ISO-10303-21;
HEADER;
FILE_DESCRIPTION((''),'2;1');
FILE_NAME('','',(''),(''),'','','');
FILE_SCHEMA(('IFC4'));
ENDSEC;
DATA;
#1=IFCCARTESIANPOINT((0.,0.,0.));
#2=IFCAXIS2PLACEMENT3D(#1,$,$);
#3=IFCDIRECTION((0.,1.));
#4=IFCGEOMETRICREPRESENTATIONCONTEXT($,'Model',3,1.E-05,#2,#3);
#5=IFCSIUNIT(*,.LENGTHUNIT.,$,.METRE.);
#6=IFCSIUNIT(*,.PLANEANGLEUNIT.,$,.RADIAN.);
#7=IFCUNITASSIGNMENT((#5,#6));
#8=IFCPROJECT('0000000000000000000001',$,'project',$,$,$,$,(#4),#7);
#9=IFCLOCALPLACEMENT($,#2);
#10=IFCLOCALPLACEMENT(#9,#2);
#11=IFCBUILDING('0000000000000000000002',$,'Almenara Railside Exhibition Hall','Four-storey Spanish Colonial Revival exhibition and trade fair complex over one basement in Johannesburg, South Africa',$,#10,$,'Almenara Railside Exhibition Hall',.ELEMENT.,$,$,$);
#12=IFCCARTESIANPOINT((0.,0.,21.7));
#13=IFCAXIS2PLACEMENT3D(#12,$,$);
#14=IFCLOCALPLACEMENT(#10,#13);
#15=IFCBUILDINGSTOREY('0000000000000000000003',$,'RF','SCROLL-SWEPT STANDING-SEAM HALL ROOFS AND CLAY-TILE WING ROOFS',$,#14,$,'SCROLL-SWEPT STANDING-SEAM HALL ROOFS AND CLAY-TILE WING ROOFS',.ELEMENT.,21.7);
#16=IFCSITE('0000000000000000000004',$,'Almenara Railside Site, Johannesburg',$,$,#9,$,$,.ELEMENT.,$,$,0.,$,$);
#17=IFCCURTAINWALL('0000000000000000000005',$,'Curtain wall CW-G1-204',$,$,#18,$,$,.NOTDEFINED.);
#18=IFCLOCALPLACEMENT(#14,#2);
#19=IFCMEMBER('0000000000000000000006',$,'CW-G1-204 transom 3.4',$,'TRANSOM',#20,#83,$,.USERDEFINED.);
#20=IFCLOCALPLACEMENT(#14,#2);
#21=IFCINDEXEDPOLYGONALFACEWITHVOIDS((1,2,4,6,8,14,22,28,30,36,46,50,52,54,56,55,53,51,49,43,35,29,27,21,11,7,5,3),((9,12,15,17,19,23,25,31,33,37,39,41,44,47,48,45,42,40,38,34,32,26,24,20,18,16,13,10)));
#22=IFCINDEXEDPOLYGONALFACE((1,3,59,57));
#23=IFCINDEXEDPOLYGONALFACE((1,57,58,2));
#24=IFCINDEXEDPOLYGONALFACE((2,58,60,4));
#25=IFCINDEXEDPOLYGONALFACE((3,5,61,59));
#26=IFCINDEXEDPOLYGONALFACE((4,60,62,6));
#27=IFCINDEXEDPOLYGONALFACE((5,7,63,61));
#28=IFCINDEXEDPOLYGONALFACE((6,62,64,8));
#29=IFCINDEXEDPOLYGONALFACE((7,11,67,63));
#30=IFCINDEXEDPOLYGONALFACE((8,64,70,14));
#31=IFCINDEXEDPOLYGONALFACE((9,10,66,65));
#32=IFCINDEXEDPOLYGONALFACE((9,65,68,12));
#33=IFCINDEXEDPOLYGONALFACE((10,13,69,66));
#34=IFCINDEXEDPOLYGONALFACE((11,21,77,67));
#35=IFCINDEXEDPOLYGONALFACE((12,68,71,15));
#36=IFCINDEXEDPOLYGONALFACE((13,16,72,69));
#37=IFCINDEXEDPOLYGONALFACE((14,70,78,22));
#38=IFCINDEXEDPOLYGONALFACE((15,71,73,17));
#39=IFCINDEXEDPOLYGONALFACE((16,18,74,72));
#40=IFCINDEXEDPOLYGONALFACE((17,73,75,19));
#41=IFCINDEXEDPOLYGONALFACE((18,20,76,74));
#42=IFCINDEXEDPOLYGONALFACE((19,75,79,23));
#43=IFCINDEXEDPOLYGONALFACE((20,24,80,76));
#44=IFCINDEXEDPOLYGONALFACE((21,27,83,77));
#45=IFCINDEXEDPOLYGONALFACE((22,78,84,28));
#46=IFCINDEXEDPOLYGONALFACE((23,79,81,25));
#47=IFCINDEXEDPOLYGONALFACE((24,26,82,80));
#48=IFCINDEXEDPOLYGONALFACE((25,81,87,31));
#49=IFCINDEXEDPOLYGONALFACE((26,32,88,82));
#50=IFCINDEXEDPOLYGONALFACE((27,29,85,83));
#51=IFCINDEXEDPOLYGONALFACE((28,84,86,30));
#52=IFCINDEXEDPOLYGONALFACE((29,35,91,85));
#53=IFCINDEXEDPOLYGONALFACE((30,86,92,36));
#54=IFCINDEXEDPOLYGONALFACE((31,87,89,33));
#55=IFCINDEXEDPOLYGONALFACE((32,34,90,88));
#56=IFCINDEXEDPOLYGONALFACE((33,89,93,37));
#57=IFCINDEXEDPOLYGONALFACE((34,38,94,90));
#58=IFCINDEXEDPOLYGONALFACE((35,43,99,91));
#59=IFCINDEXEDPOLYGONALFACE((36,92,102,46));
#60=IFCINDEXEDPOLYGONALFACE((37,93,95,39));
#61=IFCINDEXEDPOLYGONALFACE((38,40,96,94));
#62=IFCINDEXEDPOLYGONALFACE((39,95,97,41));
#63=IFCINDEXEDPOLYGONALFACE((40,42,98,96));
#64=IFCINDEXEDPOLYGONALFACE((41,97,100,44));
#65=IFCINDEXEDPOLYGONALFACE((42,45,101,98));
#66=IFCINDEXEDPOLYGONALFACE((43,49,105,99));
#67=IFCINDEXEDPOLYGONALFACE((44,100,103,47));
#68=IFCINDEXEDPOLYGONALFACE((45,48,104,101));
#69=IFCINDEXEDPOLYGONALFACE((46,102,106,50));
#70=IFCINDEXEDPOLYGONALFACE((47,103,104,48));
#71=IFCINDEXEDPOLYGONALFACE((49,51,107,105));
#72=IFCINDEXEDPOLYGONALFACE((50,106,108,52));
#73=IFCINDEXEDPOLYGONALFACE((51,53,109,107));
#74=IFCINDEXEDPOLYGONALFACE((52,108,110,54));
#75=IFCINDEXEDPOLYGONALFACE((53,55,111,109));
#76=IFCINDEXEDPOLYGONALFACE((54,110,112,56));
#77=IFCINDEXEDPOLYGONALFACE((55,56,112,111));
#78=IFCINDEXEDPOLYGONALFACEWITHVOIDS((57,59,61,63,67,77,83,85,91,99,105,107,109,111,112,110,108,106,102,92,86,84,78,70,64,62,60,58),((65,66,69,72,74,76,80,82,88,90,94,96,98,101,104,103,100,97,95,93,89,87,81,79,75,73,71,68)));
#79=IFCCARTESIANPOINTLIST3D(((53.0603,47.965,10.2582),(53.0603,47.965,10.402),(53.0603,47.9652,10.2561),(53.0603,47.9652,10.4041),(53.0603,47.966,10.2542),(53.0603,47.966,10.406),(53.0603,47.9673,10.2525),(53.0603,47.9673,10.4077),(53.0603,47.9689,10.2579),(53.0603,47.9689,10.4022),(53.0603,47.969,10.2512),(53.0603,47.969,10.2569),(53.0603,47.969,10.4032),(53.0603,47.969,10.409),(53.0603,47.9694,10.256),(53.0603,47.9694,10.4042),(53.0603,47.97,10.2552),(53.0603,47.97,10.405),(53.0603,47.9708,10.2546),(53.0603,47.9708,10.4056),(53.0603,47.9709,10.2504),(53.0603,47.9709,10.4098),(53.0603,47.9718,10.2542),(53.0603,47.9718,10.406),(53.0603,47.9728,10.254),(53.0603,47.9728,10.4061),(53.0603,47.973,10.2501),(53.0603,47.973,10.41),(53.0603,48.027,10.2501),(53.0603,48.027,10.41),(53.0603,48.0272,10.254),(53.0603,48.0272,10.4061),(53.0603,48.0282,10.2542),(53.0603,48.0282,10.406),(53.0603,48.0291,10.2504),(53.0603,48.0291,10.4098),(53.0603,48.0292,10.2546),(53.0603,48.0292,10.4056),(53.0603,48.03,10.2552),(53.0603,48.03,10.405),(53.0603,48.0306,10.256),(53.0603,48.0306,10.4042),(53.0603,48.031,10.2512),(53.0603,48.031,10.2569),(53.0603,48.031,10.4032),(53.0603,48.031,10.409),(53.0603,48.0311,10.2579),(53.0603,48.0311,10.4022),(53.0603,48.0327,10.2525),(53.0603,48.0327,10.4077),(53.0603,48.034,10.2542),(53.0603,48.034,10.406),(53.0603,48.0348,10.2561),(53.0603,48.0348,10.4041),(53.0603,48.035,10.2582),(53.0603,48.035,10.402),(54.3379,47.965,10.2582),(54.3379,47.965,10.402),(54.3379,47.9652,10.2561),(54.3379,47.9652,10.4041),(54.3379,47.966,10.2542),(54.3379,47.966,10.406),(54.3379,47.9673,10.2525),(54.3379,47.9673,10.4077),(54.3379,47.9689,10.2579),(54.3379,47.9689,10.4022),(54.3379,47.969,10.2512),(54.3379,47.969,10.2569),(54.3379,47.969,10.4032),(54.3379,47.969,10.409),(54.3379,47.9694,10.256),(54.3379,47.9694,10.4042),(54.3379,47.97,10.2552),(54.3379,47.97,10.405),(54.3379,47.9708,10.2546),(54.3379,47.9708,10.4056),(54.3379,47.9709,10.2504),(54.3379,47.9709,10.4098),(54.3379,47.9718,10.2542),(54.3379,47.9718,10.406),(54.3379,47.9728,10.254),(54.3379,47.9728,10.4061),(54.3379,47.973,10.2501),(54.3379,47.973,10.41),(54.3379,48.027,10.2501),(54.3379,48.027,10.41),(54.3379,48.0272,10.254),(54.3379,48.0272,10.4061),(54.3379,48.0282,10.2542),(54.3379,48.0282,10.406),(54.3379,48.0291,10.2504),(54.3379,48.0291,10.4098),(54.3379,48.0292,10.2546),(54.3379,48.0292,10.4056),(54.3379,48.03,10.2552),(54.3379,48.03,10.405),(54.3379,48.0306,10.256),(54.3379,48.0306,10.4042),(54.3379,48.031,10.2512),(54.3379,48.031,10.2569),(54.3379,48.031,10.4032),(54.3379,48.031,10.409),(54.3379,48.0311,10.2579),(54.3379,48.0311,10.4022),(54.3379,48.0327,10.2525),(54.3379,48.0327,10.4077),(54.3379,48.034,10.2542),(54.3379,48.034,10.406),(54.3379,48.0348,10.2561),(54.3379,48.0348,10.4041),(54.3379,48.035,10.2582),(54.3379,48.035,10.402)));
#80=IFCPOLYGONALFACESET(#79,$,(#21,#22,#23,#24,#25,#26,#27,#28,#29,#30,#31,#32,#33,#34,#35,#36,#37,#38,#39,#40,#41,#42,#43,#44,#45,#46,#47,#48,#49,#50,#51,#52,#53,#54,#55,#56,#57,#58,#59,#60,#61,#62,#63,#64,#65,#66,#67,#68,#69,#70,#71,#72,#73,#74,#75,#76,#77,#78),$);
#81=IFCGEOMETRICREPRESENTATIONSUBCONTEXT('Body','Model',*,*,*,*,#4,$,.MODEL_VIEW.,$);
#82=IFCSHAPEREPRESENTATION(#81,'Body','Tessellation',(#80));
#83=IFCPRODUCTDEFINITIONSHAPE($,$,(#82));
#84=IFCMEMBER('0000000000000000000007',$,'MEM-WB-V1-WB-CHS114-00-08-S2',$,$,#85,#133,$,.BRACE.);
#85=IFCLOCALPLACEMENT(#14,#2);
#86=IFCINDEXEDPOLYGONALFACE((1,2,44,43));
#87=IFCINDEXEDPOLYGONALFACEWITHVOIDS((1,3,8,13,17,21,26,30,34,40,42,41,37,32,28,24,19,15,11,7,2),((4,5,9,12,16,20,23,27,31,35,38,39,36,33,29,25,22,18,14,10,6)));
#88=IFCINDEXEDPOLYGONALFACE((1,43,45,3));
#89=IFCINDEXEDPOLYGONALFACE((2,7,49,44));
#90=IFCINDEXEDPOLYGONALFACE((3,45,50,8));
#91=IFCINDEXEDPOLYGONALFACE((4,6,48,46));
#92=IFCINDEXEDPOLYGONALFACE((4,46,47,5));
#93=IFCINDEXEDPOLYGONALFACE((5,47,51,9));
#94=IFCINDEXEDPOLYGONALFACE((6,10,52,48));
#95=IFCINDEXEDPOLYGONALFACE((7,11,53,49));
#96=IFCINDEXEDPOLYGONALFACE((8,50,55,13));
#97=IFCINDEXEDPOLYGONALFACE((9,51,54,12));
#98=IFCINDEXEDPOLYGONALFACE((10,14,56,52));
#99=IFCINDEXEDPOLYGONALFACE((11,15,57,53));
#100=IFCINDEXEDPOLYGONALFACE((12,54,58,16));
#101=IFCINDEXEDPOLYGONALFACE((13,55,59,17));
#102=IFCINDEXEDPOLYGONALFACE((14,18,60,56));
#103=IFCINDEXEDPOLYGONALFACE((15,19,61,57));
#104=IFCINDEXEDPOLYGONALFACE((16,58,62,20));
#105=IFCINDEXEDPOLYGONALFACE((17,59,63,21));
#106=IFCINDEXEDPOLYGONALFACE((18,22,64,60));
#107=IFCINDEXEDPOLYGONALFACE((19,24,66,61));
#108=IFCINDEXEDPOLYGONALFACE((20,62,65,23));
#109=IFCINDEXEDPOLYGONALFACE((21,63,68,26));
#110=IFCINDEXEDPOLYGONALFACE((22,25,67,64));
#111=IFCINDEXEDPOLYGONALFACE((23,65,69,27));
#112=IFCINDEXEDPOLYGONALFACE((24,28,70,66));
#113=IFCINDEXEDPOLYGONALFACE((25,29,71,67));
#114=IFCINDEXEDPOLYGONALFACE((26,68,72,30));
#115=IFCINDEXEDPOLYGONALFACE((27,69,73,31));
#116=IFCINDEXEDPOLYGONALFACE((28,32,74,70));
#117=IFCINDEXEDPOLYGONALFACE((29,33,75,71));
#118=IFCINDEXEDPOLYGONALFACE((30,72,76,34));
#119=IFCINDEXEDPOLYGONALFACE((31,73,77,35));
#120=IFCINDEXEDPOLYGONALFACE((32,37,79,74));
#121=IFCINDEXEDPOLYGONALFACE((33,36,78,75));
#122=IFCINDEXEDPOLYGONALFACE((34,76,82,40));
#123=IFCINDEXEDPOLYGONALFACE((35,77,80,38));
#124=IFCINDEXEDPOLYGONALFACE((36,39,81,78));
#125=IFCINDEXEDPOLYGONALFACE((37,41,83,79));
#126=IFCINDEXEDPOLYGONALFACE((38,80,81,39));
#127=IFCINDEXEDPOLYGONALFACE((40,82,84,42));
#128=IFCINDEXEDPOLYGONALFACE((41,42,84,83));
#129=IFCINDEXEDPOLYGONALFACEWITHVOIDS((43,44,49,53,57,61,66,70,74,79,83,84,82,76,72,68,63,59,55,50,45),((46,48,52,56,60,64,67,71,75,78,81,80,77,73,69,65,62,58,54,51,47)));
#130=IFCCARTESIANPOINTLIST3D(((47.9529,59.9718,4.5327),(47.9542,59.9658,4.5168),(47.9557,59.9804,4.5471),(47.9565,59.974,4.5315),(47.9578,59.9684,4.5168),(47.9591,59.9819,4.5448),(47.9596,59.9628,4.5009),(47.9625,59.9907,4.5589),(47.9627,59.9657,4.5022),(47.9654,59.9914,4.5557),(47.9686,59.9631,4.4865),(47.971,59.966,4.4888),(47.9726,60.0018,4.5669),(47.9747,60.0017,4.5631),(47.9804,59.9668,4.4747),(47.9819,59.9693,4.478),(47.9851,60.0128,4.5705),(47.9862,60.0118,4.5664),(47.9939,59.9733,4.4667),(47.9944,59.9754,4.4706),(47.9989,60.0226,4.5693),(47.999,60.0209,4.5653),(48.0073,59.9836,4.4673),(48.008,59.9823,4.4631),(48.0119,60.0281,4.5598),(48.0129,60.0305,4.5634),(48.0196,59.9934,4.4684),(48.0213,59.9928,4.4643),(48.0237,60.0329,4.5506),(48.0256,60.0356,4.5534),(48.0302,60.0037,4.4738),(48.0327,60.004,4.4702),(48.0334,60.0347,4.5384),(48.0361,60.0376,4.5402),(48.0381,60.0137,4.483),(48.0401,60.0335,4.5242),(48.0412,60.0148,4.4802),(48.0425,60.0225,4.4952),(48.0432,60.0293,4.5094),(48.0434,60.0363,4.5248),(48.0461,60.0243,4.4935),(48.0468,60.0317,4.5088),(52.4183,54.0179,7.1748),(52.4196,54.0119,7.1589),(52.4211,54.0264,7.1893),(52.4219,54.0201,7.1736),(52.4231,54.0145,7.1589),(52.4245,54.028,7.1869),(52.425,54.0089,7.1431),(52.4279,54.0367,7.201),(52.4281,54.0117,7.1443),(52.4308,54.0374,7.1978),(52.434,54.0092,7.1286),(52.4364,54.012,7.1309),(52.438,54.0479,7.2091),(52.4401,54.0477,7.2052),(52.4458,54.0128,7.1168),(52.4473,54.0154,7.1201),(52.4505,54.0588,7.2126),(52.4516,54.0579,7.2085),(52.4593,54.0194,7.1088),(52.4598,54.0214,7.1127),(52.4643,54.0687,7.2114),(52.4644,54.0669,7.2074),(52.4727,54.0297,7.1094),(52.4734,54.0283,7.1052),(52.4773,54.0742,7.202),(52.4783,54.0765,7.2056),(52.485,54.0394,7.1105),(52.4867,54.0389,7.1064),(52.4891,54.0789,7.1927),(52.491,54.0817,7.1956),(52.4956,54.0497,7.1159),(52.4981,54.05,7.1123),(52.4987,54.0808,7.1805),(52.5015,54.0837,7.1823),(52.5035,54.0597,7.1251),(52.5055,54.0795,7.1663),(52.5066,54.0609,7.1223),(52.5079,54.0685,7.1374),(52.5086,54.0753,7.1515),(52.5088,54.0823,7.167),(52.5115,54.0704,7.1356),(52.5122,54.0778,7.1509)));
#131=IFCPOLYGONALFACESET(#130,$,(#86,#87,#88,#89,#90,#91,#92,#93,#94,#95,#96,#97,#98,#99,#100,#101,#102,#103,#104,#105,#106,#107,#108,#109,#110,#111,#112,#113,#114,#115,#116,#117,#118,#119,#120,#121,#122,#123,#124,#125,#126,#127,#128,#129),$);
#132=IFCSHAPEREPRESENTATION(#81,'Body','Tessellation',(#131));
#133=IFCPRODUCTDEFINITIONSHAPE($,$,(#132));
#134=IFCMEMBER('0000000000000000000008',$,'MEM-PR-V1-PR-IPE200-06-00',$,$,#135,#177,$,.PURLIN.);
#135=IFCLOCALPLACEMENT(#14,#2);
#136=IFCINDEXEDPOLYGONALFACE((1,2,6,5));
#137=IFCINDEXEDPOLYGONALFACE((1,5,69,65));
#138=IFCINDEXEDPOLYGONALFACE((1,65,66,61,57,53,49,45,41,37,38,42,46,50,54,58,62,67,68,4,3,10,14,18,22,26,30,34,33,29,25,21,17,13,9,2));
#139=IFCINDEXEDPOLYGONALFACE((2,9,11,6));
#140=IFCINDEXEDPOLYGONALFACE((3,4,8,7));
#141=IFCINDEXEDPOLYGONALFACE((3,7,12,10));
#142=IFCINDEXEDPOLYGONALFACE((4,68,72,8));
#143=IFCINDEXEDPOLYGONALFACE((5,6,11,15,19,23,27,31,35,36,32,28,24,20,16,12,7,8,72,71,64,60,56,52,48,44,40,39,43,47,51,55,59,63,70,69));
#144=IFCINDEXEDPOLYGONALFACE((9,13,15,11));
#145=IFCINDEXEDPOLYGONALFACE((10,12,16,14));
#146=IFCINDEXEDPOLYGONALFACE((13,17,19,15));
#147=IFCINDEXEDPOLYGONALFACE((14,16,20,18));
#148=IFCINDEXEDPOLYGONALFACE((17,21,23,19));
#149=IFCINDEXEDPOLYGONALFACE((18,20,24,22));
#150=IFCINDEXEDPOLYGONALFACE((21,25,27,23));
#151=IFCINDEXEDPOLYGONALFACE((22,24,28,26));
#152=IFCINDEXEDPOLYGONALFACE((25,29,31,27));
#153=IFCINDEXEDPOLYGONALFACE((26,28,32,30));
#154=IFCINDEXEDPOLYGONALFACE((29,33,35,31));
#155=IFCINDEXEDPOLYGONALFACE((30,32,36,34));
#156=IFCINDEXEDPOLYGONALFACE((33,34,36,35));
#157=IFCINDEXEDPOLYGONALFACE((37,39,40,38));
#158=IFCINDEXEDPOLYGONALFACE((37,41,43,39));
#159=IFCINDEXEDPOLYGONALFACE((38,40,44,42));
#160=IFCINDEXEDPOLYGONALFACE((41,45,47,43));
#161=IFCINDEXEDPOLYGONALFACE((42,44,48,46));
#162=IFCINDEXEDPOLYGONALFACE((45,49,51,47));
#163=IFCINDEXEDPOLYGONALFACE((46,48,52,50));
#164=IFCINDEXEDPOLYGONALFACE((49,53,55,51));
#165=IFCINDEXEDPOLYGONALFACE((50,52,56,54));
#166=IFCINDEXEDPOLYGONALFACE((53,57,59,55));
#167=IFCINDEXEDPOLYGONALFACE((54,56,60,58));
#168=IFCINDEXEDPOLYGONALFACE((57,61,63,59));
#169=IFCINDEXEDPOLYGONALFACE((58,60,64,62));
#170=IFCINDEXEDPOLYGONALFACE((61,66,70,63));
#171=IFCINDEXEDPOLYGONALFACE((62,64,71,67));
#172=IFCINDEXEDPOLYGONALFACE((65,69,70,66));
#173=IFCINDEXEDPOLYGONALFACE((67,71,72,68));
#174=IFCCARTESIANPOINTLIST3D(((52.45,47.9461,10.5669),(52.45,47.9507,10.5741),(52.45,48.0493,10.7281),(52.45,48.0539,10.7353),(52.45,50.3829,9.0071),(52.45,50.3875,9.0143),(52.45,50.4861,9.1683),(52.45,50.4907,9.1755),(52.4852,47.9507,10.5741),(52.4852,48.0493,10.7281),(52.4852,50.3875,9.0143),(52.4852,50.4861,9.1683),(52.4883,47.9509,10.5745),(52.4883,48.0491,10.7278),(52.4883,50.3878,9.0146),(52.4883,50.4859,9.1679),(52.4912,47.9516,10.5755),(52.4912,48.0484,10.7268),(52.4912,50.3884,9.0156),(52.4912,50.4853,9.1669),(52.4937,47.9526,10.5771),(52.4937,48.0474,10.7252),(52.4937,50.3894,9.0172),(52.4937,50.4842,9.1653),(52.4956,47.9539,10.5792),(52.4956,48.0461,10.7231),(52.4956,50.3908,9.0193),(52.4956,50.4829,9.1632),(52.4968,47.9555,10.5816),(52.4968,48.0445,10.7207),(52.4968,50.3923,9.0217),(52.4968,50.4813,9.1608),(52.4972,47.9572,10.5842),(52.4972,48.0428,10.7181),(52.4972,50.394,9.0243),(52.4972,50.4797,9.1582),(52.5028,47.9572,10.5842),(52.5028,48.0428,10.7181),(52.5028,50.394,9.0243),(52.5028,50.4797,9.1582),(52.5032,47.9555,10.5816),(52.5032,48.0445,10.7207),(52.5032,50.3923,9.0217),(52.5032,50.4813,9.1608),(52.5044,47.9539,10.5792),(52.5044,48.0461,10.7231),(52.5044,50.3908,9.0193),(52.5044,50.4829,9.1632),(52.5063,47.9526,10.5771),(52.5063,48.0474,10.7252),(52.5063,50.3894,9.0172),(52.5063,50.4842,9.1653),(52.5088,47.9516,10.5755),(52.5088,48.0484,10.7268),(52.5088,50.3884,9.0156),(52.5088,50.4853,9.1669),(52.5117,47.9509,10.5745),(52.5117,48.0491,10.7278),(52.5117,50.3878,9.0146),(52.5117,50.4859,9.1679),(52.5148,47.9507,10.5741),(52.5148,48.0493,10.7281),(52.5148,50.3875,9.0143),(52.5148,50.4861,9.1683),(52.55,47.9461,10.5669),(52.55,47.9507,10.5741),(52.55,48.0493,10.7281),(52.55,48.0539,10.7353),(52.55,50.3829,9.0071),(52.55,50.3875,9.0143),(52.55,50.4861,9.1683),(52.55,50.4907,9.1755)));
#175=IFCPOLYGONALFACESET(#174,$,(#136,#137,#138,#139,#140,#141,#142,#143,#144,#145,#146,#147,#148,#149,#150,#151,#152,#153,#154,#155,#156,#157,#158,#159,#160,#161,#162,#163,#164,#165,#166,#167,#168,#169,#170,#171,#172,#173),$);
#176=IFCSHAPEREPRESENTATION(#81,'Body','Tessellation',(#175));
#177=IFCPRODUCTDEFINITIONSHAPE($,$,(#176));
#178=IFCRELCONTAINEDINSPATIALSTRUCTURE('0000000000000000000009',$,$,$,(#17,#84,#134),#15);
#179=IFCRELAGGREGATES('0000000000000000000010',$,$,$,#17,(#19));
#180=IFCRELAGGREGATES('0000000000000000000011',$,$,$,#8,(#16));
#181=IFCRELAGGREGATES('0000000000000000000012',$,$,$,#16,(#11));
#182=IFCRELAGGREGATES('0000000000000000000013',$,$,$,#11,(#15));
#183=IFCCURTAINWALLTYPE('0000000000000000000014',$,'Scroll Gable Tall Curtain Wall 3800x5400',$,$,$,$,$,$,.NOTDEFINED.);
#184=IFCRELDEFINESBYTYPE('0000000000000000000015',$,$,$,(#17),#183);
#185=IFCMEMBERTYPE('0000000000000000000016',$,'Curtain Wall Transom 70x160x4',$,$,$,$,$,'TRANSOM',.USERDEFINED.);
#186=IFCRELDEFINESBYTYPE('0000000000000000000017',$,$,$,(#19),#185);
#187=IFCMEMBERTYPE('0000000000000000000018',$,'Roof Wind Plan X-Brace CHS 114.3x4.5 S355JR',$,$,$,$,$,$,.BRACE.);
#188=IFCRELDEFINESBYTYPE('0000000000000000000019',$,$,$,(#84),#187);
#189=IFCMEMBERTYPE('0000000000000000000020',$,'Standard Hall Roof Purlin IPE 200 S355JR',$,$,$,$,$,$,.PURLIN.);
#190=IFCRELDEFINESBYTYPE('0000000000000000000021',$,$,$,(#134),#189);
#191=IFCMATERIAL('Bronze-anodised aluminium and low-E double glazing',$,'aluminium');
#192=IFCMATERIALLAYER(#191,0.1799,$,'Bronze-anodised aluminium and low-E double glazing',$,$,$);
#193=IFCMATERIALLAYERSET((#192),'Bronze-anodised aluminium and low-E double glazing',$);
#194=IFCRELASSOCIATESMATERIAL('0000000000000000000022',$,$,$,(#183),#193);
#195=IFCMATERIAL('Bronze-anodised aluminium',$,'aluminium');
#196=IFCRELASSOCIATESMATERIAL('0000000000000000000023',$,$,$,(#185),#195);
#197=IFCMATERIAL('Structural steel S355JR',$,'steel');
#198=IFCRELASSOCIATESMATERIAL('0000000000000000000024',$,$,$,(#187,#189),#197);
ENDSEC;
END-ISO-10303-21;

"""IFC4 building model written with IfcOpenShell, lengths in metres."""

from ifc_helpers import new_model, si_unit, direction, frame, origin, origin_2d, place, context, subcontext, project, spatial, hollow_rectangle, hollow_circle, i_section, extrude, material, layer, layer_set, material_profile, profile_set, type_object, element, aggregate, save


model = new_model("IFC4")

# Units and contexts
model_context = context("Model", 3, precision=1e-05, world=origin(), true_north=direction((0.0, 1.0)))
body_context = subcontext(model_context, "Body", "Model", "MODEL_VIEW")
ifc_project = project(units=[si_unit("LENGTHUNIT", "METRE"), si_unit("PLANEANGLEUNIT", "RADIAN")], contexts=[model_context])

# Site, building, storey
site_placement = place(None, origin())
site = spatial("IfcSite", under=ifc_project, at=site_placement, Name="Almenara Railside Site, Johannesburg", CompositionType="ELEMENT", RefElevation=0.0)
building_placement = place(site_placement, origin())
building = spatial("IfcBuilding", under=site, at=building_placement, Name="Almenara Railside Exhibition Hall", Description="Four-storey Spanish Colonial Revival exhibition and trade fair complex over one basement in Johannesburg, South Africa", LongName="Almenara Railside Exhibition Hall", CompositionType="ELEMENT")
storey_placement = place(building_placement, frame((0.0, 0.0, 21.7)))
storey = spatial("IfcBuildingStorey", under=building, at=storey_placement, Name="RF", Description="SCROLL-SWEPT STANDING-SEAM HALL ROOFS AND CLAY-TILE WING ROOFS", LongName="SCROLL-SWEPT STANDING-SEAM HALL ROOFS AND CLAY-TILE WING ROOFS", CompositionType="ELEMENT", Elevation=21.7)

# Shared definitions
ifc_material_1 = material(Name="Structural steel S355JR", Category="steel")

# Shared definitions
ifc_material_2 = material(Name="Bronze-anodised aluminium and low-E double glazing", Category="aluminium")
ifc_layer_1 = layer(ifc_material_2, 0.1799, Name="Bronze-anodised aluminium and low-E double glazing")
ifc_layer_set_1 = layer_set([ifc_layer_1], Name="Bronze-anodised aluminium and low-E double glazing")
curtain_wall_type = type_object("IfcCurtainWallType", Name="Scroll Gable Tall Curtain Wall 3800x5400", PredefinedType="NOTDEFINED", material=ifc_layer_set_1)
ifc_material_3 = material(Name="Bronze-anodised aluminium", Category="aluminium")

# Curtain wall, member
curtain_wall_1_placement = place(storey_placement, origin())
curtain_wall_1 = element("IfcCurtainWall", 1, at=curtain_wall_1_placement, inside=storey, type_object=curtain_wall_type, Name="Curtain wall CW-G1-204", PredefinedType="NOTDEFINED")
ifc_material_profile_1 = material_profile(ifc_material_3, hollow_rectangle(XDim=0.0701, YDim=0.1599, WallThickness=0.0039, InnerFilletRadius=0.0039, OuterFilletRadius=0.0081, at=origin_2d()), Name="ALU-TRN 70x160x4")
ifc_profile_set_1 = profile_set([ifc_material_profile_1], Name="Bronze-anodised aluminium")
member_type_1 = type_object("IfcMemberType", Name="Curtain Wall Transom 70x160x4", ElementType="TRANSOM", PredefinedType="USERDEFINED", material=ifc_profile_set_1)
member_1_placement = place(storey_placement, frame((53.0603, 48.0, 10.3301), z_axis=(1.0, 0.0, 0.0), x_axis=(0.0, 1.0, 0.0)))
member_1 = element("IfcMember", 2, at=member_1_placement, type_object=member_type_1, Name="CW-G1-204 transom 3.4", ObjectType="TRANSOM", PredefinedType="USERDEFINED", context=body_context, shape_type="SweptSolid", body=[
    extrude(hollow_rectangle(XDim=0.0701, YDim=0.1599, WallThickness=0.0039, InnerFilletRadius=0.0039, OuterFilletRadius=0.0081, at=origin_2d()), origin(), (0.0, 0.0, 1.0), 1.2776),
])

# Members
ifc_material_profile_2 = material_profile(ifc_material_1, hollow_circle(Radius=0.0571, WallThickness=0.0044, at=origin_2d()), Name="CHS 114.3x4.5")
ifc_profile_set_2 = profile_set([ifc_material_profile_2], Name="Structural steel S355JR")
member_type_2 = type_object("IfcMemberType", Name="Roof Wind Plan X-Brace CHS 114.3x4.5 S355JR", PredefinedType="BRACE", material=ifc_profile_set_2)
member_2_placement = place(storey_placement, frame((52.4653, 54.0461, 7.1589), z_axis=(-0.565421, 0.753905, -0.334554), x_axis=(-0.800004, -0.599995, 0.0)))
element("IfcMember", 3, at=member_2_placement, inside=storey, type_object=member_type_2, Name="MEM-WB-V1-WB-CHS114-00-08-S2", PredefinedType="BRACE", context=body_context, shape_type="SweptSolid", body=[
    extrude(hollow_circle(Radius=0.0571, WallThickness=0.0044, at=origin_2d()), origin(), (0.0, 0.0, 1.0), 7.8975),
])
ifc_material_profile_3 = material_profile(ifc_material_1, i_section(OverallWidth=0.1001, OverallDepth=0.2, WebThickness=0.0056, FlangeThickness=0.0085, FilletRadius=0.012, at=origin_2d()), Name="IPE 200")
ifc_profile_set_3 = profile_set([ifc_material_profile_3], Name="Structural steel S355JR")
member_type_3 = type_object("IfcMemberType", Name="Standard Hall Roof Purlin IPE 200 S355JR", PredefinedType="PURLIN", material=ifc_profile_set_3)
member_3_placement = place(storey_placement, frame((52.5, 48.0, 10.6511), z_axis=(0.0, 0.842227, -0.539123), x_axis=(-1.0, 0.0, 0.0)))
element("IfcMember", 4, at=member_3_placement, inside=storey, type_object=member_type_3, Name="MEM-PR-V1-PR-IPE200-06-00", PredefinedType="PURLIN", context=body_context, shape_type="SweptSolid", body=[
    extrude(i_section(OverallWidth=0.1001, OverallDepth=0.2, WebThickness=0.0056, FlangeThickness=0.0085, FilletRadius=0.012, at=origin_2d()), origin(), (0.0, 0.0, 1.0), 2.8933),
])

aggregate(curtain_wall_1, [member_1])

save(model, "model.ifc")
